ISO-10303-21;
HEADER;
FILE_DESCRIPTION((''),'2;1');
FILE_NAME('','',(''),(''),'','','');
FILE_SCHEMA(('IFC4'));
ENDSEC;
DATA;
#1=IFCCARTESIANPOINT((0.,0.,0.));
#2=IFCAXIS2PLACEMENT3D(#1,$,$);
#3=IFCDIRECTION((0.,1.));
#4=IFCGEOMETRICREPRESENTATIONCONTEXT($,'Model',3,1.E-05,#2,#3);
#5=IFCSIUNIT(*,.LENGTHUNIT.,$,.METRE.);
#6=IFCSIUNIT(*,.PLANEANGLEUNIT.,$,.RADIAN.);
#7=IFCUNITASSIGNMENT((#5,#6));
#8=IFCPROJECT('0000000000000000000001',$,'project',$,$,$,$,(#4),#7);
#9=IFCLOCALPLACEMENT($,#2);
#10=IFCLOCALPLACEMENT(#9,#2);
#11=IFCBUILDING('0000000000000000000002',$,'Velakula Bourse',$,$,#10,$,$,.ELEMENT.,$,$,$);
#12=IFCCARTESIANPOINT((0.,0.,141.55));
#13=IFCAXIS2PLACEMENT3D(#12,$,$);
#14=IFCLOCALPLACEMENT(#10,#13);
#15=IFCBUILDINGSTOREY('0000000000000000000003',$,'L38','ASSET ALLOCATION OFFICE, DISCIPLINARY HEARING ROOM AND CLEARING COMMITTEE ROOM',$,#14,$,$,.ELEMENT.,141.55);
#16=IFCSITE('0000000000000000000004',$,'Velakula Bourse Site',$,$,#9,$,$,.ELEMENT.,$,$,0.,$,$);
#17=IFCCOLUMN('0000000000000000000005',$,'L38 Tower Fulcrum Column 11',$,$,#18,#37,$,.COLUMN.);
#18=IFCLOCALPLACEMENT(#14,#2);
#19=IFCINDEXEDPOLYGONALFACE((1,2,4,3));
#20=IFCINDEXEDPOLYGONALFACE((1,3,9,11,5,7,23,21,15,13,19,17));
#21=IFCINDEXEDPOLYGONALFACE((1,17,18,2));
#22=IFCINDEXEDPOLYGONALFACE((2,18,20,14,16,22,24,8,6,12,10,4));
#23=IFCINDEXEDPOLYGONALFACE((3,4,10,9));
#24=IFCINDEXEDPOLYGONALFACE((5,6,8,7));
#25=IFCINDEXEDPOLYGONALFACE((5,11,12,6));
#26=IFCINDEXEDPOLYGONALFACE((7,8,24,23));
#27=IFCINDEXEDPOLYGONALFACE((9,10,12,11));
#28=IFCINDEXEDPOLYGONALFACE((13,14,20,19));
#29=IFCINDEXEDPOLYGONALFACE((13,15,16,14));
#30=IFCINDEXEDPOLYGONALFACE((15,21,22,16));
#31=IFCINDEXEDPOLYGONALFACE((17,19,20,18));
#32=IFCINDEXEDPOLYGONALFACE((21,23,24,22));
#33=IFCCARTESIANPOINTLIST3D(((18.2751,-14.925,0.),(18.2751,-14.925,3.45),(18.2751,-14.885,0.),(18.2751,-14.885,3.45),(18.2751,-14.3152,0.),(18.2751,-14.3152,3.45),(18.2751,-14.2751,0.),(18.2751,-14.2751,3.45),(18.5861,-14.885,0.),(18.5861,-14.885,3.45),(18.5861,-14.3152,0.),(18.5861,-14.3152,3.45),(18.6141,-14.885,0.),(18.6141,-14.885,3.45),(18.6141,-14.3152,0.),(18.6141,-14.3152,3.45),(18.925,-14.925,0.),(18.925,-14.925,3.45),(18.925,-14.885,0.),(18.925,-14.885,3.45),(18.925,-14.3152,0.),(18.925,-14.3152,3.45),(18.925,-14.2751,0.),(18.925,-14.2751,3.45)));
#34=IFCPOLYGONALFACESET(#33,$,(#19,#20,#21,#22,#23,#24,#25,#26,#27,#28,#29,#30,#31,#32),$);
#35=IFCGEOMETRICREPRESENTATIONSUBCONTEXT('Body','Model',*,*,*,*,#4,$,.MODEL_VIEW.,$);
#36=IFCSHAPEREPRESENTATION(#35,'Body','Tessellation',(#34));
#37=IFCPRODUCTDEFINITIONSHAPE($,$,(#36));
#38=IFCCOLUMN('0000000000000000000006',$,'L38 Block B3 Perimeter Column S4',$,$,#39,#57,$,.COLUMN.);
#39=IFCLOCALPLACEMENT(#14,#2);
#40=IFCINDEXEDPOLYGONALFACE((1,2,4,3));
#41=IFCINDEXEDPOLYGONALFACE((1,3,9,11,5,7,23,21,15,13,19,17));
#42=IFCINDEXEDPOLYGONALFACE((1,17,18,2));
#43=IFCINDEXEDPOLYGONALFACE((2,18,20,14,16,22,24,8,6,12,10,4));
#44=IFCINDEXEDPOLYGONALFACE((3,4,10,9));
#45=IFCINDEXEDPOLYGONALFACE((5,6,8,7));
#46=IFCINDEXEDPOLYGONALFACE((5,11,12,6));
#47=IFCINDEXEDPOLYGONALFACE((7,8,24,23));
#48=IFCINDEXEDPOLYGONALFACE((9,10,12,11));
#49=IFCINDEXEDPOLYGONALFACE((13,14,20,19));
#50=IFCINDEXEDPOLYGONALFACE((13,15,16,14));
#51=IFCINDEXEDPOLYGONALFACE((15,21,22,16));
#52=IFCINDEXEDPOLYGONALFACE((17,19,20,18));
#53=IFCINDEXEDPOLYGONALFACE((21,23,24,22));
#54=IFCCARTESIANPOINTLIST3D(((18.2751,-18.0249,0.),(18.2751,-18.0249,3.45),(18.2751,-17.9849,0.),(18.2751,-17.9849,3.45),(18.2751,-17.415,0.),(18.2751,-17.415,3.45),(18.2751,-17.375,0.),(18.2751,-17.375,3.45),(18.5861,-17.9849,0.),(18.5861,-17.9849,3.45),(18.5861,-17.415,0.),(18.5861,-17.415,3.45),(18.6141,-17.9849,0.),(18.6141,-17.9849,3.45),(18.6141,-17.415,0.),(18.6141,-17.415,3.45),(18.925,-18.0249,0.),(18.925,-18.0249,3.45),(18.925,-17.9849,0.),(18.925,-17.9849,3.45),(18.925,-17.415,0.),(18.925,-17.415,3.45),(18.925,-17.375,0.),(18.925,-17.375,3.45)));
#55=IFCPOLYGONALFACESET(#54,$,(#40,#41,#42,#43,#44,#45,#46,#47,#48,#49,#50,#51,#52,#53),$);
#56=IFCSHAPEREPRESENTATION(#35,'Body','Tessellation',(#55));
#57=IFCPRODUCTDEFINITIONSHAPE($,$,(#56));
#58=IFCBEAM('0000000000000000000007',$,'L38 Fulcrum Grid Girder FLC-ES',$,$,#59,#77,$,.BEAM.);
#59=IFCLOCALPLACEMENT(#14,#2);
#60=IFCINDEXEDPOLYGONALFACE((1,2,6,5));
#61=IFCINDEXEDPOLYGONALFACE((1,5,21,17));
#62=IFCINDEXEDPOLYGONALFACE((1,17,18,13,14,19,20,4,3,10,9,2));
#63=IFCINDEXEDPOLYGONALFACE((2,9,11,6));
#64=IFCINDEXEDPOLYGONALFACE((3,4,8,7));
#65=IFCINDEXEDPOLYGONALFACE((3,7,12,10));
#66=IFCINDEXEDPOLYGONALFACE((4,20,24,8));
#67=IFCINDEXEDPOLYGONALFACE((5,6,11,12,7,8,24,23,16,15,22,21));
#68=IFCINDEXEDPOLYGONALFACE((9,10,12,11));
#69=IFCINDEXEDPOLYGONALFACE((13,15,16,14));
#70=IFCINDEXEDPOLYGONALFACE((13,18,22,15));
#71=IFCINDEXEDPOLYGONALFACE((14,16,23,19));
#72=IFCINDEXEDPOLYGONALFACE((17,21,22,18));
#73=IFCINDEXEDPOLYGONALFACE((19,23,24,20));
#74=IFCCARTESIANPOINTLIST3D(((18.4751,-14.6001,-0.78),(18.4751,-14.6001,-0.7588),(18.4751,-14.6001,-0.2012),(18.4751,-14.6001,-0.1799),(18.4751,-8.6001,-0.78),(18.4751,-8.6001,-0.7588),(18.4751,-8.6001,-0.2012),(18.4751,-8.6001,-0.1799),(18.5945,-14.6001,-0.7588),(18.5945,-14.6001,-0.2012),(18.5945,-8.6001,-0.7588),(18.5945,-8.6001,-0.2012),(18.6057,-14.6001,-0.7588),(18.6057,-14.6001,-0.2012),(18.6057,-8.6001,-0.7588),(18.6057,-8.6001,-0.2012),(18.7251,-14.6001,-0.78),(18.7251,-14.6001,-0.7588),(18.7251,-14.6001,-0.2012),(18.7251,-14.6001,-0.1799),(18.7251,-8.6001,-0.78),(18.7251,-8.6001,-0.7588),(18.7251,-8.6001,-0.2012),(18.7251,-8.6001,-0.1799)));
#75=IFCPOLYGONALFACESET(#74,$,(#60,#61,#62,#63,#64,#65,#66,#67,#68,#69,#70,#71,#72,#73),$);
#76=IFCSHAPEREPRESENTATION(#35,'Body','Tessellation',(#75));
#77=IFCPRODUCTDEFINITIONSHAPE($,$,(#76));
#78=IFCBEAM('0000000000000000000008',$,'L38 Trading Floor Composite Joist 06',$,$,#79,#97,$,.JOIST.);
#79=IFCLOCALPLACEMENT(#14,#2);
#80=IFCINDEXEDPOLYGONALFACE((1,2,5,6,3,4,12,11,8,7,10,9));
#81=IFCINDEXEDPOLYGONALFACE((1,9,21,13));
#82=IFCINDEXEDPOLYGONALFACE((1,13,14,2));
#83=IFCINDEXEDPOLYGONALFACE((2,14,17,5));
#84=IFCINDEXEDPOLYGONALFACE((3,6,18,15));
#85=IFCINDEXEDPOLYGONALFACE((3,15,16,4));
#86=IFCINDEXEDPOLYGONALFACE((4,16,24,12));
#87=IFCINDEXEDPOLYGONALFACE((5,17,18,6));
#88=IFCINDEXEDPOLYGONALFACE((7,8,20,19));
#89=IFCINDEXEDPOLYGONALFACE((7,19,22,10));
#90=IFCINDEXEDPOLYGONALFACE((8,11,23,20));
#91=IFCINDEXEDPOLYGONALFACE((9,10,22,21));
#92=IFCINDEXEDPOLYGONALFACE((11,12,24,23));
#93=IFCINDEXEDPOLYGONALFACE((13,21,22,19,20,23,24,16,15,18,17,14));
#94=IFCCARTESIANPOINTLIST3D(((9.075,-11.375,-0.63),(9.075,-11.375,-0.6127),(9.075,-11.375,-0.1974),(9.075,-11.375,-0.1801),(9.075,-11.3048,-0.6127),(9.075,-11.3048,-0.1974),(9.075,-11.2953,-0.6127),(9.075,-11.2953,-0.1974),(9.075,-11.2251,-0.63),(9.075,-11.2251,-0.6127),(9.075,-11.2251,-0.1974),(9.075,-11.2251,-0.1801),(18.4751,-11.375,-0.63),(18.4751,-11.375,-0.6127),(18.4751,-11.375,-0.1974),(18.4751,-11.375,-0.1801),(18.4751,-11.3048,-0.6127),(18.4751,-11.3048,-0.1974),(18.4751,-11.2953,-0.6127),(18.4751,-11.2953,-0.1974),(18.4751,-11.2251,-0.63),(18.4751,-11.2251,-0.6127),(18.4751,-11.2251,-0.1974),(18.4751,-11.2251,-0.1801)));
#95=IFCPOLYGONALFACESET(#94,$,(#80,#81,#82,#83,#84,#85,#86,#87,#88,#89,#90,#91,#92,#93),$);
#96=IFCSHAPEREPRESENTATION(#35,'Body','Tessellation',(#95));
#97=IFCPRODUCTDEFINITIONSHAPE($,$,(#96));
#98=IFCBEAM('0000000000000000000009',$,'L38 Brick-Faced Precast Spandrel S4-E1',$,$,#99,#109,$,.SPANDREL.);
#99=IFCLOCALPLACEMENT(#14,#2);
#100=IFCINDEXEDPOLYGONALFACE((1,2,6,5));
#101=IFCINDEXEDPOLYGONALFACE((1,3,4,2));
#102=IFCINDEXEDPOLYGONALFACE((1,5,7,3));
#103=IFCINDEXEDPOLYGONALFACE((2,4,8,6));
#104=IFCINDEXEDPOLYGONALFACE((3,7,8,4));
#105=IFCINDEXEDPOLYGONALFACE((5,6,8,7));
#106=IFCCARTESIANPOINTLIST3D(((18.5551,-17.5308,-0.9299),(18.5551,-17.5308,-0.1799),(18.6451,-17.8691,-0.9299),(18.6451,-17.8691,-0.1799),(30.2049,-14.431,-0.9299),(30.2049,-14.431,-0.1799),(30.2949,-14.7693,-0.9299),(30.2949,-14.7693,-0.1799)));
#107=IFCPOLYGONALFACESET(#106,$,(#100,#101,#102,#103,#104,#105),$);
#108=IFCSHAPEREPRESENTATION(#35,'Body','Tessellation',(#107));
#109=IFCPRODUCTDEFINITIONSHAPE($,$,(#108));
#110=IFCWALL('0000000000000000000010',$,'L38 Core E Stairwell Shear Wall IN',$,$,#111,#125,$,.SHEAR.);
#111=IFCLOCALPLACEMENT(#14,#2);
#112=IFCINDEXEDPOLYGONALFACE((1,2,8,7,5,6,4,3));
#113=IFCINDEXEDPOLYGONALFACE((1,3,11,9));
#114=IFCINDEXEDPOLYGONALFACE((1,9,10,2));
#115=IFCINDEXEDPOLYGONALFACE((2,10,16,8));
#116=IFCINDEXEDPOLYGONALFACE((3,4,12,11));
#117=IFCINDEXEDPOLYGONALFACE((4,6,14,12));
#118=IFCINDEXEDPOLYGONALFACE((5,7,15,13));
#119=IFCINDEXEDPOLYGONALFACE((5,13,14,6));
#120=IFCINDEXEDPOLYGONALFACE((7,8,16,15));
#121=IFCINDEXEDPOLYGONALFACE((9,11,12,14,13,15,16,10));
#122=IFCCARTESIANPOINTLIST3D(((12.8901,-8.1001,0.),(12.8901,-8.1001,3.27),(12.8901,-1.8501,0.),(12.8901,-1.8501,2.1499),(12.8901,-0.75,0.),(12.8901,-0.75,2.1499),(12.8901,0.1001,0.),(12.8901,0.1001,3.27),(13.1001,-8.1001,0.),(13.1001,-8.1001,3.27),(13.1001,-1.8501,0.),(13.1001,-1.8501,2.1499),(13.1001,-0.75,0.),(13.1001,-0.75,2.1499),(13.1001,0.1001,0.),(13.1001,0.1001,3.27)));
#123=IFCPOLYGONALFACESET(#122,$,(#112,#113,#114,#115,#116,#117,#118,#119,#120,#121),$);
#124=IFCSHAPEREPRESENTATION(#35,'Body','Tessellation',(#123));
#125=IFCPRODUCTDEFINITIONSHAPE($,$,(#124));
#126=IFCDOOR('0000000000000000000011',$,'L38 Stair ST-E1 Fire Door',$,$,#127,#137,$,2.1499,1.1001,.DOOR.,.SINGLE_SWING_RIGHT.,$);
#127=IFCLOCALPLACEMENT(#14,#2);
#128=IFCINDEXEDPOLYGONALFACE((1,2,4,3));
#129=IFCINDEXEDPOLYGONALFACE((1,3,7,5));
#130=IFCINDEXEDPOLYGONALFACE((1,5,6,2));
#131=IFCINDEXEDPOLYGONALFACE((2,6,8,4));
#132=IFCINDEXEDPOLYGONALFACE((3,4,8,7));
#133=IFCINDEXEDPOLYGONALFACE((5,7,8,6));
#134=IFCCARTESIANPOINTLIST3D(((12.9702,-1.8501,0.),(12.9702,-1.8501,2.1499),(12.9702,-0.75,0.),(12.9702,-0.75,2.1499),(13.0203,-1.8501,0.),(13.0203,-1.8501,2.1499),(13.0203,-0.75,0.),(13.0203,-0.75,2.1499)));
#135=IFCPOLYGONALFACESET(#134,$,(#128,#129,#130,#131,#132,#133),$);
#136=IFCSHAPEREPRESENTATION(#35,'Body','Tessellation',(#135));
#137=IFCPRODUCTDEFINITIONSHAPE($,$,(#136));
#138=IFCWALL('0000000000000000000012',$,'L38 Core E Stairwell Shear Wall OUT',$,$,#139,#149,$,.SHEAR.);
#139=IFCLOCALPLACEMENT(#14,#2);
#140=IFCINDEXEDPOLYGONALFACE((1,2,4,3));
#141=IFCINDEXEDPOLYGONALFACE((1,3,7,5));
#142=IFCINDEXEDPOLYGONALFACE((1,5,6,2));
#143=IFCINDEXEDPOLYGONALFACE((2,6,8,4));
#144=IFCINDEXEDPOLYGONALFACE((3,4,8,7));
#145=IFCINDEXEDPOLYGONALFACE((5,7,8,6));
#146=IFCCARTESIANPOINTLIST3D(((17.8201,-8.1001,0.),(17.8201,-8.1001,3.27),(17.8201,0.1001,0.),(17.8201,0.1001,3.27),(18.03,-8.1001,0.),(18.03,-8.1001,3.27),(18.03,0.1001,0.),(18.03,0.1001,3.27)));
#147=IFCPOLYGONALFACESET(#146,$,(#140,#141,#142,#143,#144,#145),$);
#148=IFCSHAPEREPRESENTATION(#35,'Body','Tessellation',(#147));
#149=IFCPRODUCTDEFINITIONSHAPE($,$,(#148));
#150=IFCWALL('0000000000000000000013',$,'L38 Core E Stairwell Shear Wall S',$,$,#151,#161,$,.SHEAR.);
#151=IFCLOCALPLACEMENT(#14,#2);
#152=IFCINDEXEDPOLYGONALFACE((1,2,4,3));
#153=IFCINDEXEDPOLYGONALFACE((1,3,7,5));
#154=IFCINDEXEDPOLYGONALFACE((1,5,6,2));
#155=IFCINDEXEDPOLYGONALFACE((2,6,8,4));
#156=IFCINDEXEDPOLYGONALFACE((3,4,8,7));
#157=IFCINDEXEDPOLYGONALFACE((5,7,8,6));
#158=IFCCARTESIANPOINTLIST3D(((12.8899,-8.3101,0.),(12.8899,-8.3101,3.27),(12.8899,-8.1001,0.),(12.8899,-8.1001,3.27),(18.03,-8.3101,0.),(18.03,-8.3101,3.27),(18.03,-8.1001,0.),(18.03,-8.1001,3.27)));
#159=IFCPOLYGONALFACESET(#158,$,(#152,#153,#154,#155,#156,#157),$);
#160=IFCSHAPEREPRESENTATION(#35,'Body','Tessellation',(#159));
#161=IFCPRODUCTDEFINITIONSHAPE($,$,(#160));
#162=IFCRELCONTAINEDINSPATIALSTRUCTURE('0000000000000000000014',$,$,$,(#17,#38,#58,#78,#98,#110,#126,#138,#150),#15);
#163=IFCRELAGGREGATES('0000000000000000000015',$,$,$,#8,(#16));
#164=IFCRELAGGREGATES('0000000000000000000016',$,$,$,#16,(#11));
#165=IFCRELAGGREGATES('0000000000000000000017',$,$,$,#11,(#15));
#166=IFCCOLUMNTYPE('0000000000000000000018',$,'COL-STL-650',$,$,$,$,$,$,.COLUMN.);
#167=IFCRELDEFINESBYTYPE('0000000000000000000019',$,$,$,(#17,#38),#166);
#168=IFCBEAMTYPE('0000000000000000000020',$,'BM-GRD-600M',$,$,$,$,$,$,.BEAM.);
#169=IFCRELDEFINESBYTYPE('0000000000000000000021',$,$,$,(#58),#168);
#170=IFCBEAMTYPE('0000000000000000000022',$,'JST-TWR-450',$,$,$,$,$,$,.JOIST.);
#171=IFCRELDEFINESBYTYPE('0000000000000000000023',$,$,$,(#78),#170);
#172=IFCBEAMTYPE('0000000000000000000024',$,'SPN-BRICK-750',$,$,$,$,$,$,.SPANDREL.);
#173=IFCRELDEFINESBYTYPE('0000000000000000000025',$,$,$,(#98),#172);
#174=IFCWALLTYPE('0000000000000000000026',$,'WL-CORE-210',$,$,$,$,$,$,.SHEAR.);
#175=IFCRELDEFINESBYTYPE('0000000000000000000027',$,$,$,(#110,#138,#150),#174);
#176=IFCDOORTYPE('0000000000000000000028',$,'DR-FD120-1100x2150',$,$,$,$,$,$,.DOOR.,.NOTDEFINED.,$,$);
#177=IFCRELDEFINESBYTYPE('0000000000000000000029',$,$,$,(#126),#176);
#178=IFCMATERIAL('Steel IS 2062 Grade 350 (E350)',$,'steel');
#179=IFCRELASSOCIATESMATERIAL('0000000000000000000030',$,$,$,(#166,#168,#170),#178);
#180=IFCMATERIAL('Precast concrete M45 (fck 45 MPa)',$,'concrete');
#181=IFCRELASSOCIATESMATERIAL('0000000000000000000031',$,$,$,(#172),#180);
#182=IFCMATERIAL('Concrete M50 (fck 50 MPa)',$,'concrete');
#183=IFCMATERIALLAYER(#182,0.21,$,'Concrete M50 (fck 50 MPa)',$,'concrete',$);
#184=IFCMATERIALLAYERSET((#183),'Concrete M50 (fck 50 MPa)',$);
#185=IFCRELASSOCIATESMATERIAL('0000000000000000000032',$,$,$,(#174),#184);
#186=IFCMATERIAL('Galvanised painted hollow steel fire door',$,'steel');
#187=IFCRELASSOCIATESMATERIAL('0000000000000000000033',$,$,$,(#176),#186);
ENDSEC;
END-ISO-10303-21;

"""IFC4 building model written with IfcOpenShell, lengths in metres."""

from ifc_helpers import new_model, si_unit, direction, frame, frame_2d, origin, origin_2d, place, context, subcontext, project, spatial, rectangle, i_section, extrude, material, layer, layer_set, material_profile, profile_set, type_object, element, fill, save


model = new_model("IFC4")

# Units and contexts
model_context = context("Model", 3, precision=1e-05, world=origin(), true_north=direction((0.0, 1.0)))
body_context = subcontext(model_context, "Body", "Model", "MODEL_VIEW")
ifc_project = project(units=[si_unit("LENGTHUNIT", "METRE"), si_unit("PLANEANGLEUNIT", "RADIAN")], contexts=[model_context])

# Site, building, storey
site_placement = place(None, origin())
site = spatial("IfcSite", under=ifc_project, at=site_placement, Name="Velakula Bourse Site", CompositionType="ELEMENT", RefElevation=0.0)
building_placement = place(site_placement, origin())
building = spatial("IfcBuilding", under=site, at=building_placement, Name="Velakula Bourse", CompositionType="ELEMENT")
storey_placement = place(building_placement, frame((0.0, 0.0, 141.55)))
storey = spatial("IfcBuildingStorey", under=building, at=storey_placement, Name="L38", Description="ASSET ALLOCATION OFFICE, DISCIPLINARY HEARING ROOM AND CLEARING COMMITTEE ROOM", CompositionType="ELEMENT", Elevation=141.55)

# Columns
ifc_material_1 = material(Name="Steel IS 2062 Grade 350 (E350)", Category="steel")
ifc_material_profile_1 = material_profile(ifc_material_1, i_section(OverallWidth=0.6499, OverallDepth=0.6499, WebThickness=0.0281, FlangeThickness=0.04, at=origin_2d()), Name="Steel IS 2062 Grade 350 (E350)")
ifc_profile_set_1 = profile_set([ifc_material_profile_1], Name="Steel IS 2062 Grade 350 (E350)")
column_type = type_object("IfcColumnType", Name="COL-STL-650", PredefinedType="COLUMN", material=ifc_profile_set_1)
for number, where, z_axis, x_axis, name in (
    (1, (18.6001, -14.6001, 0.0), (0.0, 0.0, 1.0), (1.0, 0.0, 0.0), "L38 Tower Fulcrum Column 11"),
    (2, (18.6001, -17.7, 0.0), (0.0, 0.0, 1.0), (1.0, 0.0, 0.0), "L38 Block B3 Perimeter Column S4"),
):
    element("IfcColumn", number, at=place(storey_placement, frame(where, z_axis=z_axis, x_axis=x_axis)), inside=storey, type_object=column_type, Name=name, PredefinedType="COLUMN", context=body_context, shape_type="SweptSolid", body=[
        extrude(i_section(OverallWidth=0.6499, OverallDepth=0.6499, WebThickness=0.0281, FlangeThickness=0.04, at=origin_2d()), origin(), (0.0, 0.0, 1.0), 3.45),
    ])

# Beams
ifc_material_profile_2 = material_profile(ifc_material_1, i_section(OverallWidth=0.25, OverallDepth=0.6001, WebThickness=0.0112, FlangeThickness=0.0212, at=origin_2d()), Name="Steel IS 2062 Grade 350 (E350)")
ifc_profile_set_2 = profile_set([ifc_material_profile_2], Name="Steel IS 2062 Grade 350 (E350)")
beam_type_1 = type_object("IfcBeamType", Name="BM-GRD-600M", PredefinedType="BEAM", material=ifc_profile_set_2)
beam_1_placement = place(storey_placement, frame((18.6001, -14.6001, -0.48), z_axis=(0.0, 1.0, 0.0), x_axis=(-1.0, 0.0, 0.0)))
element("IfcBeam", 3, at=beam_1_placement, inside=storey, type_object=beam_type_1, Name="L38 Fulcrum Grid Girder FLC-ES", PredefinedType="BEAM", context=body_context, shape_type="SweptSolid", body=[
    extrude(i_section(OverallWidth=0.25, OverallDepth=0.6001, WebThickness=0.0112, FlangeThickness=0.0212, at=origin_2d()), origin(), (0.0, 0.0, 1.0), 6.0),
])
ifc_material_profile_3 = material_profile(ifc_material_1, i_section(OverallWidth=0.1499, OverallDepth=0.45, WebThickness=0.0095, FlangeThickness=0.0173, at=origin_2d()), Name="Steel IS 2062 Grade 350 (E350)")
ifc_profile_set_3 = profile_set([ifc_material_profile_3], Name="Steel IS 2062 Grade 350 (E350)")
beam_type_2 = type_object("IfcBeamType", Name="JST-TWR-450", PredefinedType="JOIST", material=ifc_profile_set_3)
beam_2_placement = place(storey_placement, frame((9.075, -11.3, -0.405), z_axis=(1.0, 0.0, 0.0), x_axis=(0.0, 1.0, 0.0)))
element("IfcBeam", 4, at=beam_2_placement, inside=storey, type_object=beam_type_2, Name="L38 Trading Floor Composite Joist 06", PredefinedType="JOIST", context=body_context, shape_type="SweptSolid", body=[
    extrude(i_section(OverallWidth=0.1499, OverallDepth=0.45, WebThickness=0.0095, FlangeThickness=0.0173, at=origin_2d()), origin(), (0.0, 0.0, 1.0), 9.4001),
])
ifc_material_2 = material(Name="Precast concrete M45 (fck 45 MPa)", Category="concrete")
ifc_material_profile_4 = material_profile(ifc_material_2, rectangle(XDim=0.3501, YDim=0.75, at=origin_2d()), Name="Precast concrete M45 (fck 45 MPa)")
ifc_profile_set_4 = profile_set([ifc_material_profile_4], Name="Precast concrete M45 (fck 45 MPa)")
beam_type_3 = type_object("IfcBeamType", Name="SPN-BRICK-750", PredefinedType="SPANDREL", material=ifc_profile_set_4)
beam_3_placement = place(storey_placement, frame((18.6001, -17.7, -0.5549), z_axis=(0.966375, 0.257137, 0.0), x_axis=(-0.257137, 0.966375, 0.0)))
element("IfcBeam", 5, at=beam_3_placement, inside=storey, type_object=beam_type_3, Name="L38 Brick-Faced Precast Spandrel S4-E1", PredefinedType="SPANDREL", context=body_context, shape_type="SweptSolid", body=[
    extrude(rectangle(XDim=0.3501, YDim=0.75, at=origin_2d()), origin(), (0.0, 0.0, 1.0), 12.0552),
])

# Wall, opening, door
ifc_material_3 = material(Name="Concrete M50 (fck 50 MPa)", Category="concrete")
ifc_layer_1 = layer(ifc_material_3, 0.21, Name="Concrete M50 (fck 50 MPa)", Category="concrete")
ifc_layer_set_1 = layer_set([ifc_layer_1], Name="Concrete M50 (fck 50 MPa)")
wall_type_1 = type_object("IfcWallType", Name="WL-CORE-210", PredefinedType="SHEAR", material=ifc_layer_set_1)
wall_1_placement = place(storey_placement, frame((12.9951, -8.1001, 0.0), z_axis=(0.0, 0.0, 1.0), x_axis=(0.0, 1.0, 0.0)))
wall_1 = element("IfcWall", 6, at=wall_1_placement, inside=storey, type_object=wall_type_1, Name="L38 Core E Stairwell Shear Wall IN", PredefinedType="SHEAR", context=body_context, shape_type="SweptSolid", body=[
    extrude(rectangle(XDim=8.2002, YDim=0.21, at=frame_2d((4.1001, 0.0))), origin(), (0.0, 0.0, 1.0), 3.27),
])
opening_1_placement = place(wall_1_placement, frame((6.25, 0.0, 0.0)))
opening_1 = element("IfcOpeningElement", 7, at=opening_1_placement, cuts=wall_1, PredefinedType="OPENING", context=body_context, shape_type="SweptSolid", body=[
    extrude(rectangle(XDim=1.1001, YDim=2.1499, at=frame_2d((0.55, 1.075))), frame((0.0, 0.115, 0.0), z_axis=(0.0, -1.0, 0.0), x_axis=(1.0, 0.0, 0.0)), (0.0, 0.0, 1.0), 0.23),
])
ifc_material_4 = material(Name="Galvanised painted hollow steel fire door", Category="steel")
door_type_1 = type_object("IfcDoorType", Name="DR-FD120-1100x2150", OperationType="NOTDEFINED", PredefinedType="DOOR", material=ifc_material_4)
door_1_placement = place(opening_1_placement, origin())
door_1 = element("IfcDoor", 8, at=door_1_placement, inside=storey, type_object=door_type_1, Name="L38 Stair ST-E1 Fire Door", OperationType="SINGLE_SWING_RIGHT", OverallHeight=2.1499, OverallWidth=1.1001, PredefinedType="DOOR", context=body_context, shape_type="SweptSolid", body=[
    extrude(rectangle(XDim=1.1001, YDim=2.1499, at=frame_2d((0.55, 1.075))), frame((0.0, 0.0249, 0.0), z_axis=(0.0, -1.0, 0.0), x_axis=(1.0, 0.0, 0.0)), (0.0, 0.0, 1.0), 0.05),
])
fill(opening_1, door_1)

# Walls
wall_2_placement = place(storey_placement, frame((17.925, -8.1001, 0.0), z_axis=(0.0, 0.0, 1.0), x_axis=(0.0, 1.0, 0.0)))
element("IfcWall", 9, at=wall_2_placement, inside=storey, type_object=wall_type_1, Name="L38 Core E Stairwell Shear Wall OUT", PredefinedType="SHEAR", context=body_context, shape_type="SweptSolid", body=[
    extrude(rectangle(XDim=8.2002, YDim=0.21, at=frame_2d((4.1001, 0.0))), origin(), (0.0, 0.0, 1.0), 3.27),
])
wall_3_placement = place(storey_placement, frame((12.8899, -8.2051, 0.0), z_axis=(0.0, 0.0, 1.0), x_axis=(1.0, 0.0, 0.0)))
element("IfcWall", 10, at=wall_3_placement, inside=storey, type_object=wall_type_1, Name="L38 Core E Stairwell Shear Wall S", PredefinedType="SHEAR", context=body_context, shape_type="SweptSolid", body=[
    extrude(rectangle(XDim=5.1401, YDim=0.21, at=frame_2d((2.5701, 0.0))), origin(), (0.0, 0.0, 1.0), 3.27),
])

save(model, "model.ifc")
